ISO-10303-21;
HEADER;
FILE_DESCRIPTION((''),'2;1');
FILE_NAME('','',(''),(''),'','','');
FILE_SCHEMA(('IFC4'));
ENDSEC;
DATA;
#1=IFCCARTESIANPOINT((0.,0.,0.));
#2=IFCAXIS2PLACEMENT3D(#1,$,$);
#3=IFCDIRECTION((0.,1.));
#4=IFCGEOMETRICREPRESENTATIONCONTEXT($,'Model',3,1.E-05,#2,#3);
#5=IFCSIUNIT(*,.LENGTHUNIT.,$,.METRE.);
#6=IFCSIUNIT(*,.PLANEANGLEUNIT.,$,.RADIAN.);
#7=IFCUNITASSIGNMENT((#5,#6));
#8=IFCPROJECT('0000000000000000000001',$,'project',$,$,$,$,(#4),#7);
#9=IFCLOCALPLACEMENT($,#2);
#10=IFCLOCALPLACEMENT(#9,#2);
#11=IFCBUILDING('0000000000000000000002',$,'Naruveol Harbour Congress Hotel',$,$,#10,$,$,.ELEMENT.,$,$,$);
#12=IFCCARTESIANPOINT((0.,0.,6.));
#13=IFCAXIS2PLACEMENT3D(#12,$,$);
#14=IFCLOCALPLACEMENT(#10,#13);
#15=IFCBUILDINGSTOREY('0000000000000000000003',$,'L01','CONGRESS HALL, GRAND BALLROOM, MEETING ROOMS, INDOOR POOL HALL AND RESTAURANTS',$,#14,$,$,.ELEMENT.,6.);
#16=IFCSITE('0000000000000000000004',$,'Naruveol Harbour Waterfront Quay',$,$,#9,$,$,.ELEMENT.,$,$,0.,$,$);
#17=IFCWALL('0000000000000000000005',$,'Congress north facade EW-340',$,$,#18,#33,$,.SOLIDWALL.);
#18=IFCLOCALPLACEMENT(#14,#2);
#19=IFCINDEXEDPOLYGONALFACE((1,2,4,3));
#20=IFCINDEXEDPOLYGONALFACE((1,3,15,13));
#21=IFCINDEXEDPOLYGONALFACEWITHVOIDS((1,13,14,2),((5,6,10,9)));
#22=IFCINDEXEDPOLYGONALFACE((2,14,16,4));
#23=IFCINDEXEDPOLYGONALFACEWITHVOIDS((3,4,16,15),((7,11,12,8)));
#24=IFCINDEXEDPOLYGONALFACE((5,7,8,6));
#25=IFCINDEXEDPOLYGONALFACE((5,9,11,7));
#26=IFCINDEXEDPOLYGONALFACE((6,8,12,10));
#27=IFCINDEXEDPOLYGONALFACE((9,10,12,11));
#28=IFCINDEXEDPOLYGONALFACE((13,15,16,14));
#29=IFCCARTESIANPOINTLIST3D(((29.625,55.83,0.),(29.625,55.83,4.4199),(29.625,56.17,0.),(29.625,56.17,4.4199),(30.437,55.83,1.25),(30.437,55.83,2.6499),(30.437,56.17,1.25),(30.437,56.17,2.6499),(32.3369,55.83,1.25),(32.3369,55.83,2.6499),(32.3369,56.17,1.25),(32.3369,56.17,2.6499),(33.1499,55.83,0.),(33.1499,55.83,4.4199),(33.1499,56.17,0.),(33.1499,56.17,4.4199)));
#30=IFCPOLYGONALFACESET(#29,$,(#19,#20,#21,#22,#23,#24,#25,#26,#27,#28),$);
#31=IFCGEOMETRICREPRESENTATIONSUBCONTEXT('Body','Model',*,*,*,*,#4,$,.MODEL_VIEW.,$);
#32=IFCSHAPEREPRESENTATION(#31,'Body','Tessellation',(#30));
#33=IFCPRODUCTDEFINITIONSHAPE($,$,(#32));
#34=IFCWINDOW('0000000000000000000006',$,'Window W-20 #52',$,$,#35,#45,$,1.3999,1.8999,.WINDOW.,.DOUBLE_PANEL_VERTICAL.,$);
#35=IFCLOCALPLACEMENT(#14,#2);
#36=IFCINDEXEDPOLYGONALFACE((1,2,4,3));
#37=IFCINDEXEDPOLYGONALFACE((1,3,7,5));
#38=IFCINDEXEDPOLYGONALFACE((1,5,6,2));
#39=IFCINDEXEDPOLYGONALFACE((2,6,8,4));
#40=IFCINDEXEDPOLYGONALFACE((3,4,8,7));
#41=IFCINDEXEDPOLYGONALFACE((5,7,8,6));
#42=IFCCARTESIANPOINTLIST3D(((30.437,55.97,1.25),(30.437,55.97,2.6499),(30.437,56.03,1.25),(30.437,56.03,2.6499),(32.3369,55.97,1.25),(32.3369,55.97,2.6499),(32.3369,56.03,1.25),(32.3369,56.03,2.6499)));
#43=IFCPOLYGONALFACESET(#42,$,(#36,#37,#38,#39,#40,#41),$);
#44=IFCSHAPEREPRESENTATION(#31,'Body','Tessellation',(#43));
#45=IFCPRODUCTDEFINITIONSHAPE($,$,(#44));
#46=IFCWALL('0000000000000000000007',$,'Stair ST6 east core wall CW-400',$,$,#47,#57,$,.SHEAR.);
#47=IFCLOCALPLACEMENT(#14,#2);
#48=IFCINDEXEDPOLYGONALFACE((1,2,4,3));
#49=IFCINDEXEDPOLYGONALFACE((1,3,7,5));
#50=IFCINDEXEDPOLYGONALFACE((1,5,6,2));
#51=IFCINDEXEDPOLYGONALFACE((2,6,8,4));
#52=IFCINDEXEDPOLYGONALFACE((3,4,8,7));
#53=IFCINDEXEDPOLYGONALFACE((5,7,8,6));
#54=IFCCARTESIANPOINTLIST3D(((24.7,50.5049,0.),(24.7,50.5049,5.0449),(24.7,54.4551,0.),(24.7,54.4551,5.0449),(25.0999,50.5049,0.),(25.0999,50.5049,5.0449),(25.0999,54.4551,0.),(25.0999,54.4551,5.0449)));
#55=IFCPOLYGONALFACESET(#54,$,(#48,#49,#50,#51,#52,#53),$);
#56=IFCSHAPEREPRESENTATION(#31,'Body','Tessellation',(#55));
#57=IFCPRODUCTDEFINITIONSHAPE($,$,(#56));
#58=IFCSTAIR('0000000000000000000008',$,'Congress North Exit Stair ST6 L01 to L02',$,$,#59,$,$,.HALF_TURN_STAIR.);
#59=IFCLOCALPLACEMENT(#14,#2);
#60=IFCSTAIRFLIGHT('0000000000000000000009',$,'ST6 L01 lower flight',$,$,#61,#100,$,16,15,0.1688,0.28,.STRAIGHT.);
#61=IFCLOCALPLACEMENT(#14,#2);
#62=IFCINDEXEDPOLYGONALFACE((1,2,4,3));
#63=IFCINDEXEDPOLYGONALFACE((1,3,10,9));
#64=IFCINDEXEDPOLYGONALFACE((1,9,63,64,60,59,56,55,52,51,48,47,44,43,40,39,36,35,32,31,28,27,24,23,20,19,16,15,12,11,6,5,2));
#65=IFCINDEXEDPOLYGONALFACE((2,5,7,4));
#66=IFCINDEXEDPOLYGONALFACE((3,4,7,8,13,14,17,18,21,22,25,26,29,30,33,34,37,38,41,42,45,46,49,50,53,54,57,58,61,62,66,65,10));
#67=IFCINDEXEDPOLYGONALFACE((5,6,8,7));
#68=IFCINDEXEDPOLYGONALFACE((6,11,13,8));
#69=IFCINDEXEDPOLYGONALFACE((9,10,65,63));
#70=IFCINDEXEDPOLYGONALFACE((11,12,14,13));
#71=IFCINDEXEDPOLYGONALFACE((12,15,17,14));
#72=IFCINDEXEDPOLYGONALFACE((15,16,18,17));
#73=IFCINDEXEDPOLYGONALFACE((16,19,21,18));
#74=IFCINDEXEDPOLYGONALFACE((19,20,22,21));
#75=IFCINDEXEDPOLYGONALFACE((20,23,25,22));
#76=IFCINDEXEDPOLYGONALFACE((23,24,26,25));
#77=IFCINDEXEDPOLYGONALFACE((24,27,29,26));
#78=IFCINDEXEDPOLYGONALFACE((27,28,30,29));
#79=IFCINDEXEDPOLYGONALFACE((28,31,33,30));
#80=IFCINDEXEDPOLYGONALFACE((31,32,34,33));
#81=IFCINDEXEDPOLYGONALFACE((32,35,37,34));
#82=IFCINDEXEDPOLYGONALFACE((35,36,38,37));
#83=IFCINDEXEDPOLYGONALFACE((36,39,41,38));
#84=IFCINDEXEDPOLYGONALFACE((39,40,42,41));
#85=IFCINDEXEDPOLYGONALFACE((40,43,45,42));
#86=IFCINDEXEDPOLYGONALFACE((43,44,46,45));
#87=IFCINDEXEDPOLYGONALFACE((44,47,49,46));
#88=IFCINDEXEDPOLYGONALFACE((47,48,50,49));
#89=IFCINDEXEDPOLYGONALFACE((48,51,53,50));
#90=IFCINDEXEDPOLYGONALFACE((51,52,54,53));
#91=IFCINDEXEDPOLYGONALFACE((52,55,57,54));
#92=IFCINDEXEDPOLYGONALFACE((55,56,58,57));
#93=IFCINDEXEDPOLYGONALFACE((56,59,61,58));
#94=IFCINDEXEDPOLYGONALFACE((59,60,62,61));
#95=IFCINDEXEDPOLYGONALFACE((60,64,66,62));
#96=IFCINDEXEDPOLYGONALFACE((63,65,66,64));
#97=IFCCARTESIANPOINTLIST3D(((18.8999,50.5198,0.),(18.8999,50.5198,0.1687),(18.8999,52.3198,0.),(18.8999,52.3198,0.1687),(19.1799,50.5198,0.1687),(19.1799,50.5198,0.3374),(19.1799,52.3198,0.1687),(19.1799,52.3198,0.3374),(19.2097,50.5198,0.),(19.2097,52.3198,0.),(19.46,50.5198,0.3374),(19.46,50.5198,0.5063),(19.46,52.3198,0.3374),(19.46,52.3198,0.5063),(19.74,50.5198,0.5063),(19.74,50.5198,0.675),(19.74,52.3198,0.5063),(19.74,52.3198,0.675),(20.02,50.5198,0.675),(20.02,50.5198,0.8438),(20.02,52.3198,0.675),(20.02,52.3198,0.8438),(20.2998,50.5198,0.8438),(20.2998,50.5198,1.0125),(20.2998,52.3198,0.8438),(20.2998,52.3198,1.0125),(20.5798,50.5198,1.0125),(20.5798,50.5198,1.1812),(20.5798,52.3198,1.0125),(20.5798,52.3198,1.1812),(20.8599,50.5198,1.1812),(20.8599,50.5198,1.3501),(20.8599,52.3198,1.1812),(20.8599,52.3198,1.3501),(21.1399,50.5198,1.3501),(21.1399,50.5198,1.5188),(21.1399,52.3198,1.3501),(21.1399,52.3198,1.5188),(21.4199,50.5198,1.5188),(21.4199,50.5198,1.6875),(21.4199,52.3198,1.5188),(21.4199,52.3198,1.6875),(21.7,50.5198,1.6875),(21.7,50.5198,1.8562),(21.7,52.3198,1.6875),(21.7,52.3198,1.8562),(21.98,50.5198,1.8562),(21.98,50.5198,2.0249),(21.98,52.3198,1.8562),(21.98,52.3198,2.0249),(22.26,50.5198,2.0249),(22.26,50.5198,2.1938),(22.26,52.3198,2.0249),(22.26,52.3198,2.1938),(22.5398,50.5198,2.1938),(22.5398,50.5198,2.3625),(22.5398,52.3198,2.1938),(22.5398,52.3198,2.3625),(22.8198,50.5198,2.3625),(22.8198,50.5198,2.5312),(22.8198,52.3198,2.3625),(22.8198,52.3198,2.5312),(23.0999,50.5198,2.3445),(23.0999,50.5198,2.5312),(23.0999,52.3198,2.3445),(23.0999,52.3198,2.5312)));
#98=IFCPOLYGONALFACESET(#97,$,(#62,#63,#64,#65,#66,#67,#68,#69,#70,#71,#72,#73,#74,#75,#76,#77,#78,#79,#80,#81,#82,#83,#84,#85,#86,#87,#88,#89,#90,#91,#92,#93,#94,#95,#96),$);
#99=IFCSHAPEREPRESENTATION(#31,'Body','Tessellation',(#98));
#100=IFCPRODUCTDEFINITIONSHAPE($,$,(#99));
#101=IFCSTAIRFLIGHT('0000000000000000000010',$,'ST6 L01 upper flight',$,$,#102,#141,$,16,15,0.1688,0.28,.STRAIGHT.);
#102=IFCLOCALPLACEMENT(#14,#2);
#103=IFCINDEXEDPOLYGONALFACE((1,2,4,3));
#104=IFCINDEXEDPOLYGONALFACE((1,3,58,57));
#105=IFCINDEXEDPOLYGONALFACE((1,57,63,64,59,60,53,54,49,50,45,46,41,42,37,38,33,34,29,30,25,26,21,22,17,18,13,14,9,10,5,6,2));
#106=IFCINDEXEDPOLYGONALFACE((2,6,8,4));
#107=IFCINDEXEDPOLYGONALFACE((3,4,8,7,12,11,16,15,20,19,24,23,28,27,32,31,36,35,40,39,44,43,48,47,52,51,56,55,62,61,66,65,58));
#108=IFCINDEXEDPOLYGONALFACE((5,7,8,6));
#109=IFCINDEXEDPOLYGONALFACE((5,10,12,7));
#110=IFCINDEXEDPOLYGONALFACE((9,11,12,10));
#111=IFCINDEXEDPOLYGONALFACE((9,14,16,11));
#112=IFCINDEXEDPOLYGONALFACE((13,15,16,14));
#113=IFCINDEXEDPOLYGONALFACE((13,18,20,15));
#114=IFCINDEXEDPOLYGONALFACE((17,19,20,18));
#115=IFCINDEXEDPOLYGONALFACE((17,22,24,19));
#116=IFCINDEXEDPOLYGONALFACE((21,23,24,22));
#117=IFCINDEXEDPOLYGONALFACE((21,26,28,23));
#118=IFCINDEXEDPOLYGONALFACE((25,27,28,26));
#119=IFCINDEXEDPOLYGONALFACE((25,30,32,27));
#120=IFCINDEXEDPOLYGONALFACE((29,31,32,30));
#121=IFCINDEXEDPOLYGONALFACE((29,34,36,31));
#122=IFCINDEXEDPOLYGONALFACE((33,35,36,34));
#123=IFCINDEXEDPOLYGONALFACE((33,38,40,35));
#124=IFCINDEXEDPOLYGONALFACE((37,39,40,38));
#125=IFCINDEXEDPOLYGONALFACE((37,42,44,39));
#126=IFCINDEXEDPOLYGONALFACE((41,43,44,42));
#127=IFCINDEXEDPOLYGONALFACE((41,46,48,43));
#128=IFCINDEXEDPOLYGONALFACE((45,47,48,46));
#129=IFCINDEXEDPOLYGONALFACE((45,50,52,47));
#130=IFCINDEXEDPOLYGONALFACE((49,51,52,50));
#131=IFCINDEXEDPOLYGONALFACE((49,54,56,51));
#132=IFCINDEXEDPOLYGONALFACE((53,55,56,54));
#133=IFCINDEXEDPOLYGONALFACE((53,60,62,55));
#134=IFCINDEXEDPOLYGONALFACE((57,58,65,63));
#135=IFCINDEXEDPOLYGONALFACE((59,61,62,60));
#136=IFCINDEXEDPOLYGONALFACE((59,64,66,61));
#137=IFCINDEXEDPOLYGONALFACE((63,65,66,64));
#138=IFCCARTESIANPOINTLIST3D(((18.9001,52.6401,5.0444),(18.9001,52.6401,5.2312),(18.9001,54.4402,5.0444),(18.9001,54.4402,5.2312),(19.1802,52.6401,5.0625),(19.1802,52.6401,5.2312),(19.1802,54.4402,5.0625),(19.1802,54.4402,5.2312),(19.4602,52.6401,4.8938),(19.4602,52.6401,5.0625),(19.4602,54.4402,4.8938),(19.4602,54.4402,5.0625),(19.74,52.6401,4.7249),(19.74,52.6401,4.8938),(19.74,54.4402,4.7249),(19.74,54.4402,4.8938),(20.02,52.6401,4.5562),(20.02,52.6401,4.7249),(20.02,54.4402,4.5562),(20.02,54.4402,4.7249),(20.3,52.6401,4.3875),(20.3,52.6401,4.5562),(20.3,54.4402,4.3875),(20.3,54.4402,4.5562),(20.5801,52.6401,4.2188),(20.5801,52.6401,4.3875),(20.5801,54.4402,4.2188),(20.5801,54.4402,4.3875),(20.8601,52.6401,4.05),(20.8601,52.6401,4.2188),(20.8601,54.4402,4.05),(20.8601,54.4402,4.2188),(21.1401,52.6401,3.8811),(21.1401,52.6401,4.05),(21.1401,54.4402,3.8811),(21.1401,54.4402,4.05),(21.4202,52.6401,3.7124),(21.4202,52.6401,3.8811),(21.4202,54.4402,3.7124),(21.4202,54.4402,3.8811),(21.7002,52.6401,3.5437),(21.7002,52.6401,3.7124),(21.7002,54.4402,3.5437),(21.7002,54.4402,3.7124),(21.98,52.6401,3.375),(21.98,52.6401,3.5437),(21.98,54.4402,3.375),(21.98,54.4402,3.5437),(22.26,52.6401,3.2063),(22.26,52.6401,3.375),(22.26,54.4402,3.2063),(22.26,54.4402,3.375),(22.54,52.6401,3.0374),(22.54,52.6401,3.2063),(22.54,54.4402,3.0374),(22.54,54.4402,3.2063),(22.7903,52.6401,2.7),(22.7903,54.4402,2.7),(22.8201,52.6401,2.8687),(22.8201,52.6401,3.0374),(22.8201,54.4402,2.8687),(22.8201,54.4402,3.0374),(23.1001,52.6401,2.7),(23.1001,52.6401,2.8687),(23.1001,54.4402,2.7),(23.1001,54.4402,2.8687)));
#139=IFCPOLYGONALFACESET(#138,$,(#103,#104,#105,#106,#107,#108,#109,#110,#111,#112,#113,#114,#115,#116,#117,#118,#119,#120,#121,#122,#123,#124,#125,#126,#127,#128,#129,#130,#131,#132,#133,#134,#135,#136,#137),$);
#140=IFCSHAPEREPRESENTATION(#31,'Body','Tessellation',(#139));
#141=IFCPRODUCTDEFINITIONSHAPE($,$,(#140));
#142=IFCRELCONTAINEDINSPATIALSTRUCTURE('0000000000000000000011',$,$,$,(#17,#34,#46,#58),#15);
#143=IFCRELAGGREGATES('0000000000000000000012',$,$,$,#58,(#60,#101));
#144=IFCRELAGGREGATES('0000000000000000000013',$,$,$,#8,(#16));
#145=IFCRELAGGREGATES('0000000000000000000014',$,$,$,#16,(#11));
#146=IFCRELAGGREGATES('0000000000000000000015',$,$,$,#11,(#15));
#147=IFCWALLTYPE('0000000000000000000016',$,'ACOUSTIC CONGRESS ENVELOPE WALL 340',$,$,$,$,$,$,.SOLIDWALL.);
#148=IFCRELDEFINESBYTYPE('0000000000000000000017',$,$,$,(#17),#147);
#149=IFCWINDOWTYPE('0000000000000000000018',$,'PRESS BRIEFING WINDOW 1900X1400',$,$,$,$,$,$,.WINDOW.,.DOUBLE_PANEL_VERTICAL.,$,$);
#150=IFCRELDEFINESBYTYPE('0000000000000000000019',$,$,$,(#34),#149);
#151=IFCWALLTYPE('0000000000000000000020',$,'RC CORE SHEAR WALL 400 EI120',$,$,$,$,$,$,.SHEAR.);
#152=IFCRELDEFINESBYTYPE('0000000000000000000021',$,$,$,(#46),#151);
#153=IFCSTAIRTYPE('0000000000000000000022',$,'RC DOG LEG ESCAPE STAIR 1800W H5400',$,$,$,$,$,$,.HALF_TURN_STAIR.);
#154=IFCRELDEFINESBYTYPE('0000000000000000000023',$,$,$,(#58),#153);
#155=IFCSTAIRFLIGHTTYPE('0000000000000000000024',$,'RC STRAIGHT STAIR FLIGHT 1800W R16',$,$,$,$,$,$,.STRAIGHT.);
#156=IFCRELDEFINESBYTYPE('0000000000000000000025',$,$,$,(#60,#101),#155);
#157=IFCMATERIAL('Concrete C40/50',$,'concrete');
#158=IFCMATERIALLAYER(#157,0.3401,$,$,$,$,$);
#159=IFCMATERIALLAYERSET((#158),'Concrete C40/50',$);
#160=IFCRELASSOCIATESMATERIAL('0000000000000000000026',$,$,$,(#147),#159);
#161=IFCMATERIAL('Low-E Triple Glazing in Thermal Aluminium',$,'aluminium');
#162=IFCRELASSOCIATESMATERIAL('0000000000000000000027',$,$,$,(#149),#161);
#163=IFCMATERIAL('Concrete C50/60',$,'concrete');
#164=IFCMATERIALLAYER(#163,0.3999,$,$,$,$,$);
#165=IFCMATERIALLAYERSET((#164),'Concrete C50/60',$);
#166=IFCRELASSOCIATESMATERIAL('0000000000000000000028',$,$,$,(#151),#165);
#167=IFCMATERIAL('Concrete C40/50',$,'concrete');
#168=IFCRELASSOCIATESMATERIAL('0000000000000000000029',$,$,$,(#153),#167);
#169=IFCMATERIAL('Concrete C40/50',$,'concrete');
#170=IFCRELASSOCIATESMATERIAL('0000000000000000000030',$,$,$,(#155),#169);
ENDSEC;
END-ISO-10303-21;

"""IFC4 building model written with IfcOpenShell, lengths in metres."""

from ifc_helpers import new_model, si_unit, direction, frame, frame_2d, origin, place, context, subcontext, project, spatial, polyline, rectangle, outline, extrude, material, layer, layer_set, type_object, element, fill, aggregate, save


model = new_model("IFC4")

# Units and contexts
model_context = context("Model", 3, precision=1e-05, world=origin(), true_north=direction((0.0, 1.0)))
body_context = subcontext(model_context, "Body", "Model", "MODEL_VIEW")
ifc_project = project(units=[si_unit("LENGTHUNIT", "METRE"), si_unit("PLANEANGLEUNIT", "RADIAN")], contexts=[model_context])

# Site, building, storey
site_placement = place(None, origin())
site = spatial("IfcSite", under=ifc_project, at=site_placement, Name="Naruveol Harbour Waterfront Quay", CompositionType="ELEMENT", RefElevation=0.0)
building_placement = place(site_placement, origin())
building = spatial("IfcBuilding", under=site, at=building_placement, Name="Naruveol Harbour Congress Hotel", CompositionType="ELEMENT")
storey_placement = place(building_placement, frame((0.0, 0.0, 6.0)))
storey = spatial("IfcBuildingStorey", under=building, at=storey_placement, Name="L01", Description="CONGRESS HALL, GRAND BALLROOM, MEETING ROOMS, INDOOR POOL HALL AND RESTAURANTS", CompositionType="ELEMENT", Elevation=6.0)

# Wall, opening, window
ifc_material_1 = material(Name="Concrete C40/50", Category="concrete")
ifc_layer_1 = layer(ifc_material_1, 0.3401)
ifc_layer_set_1 = layer_set([ifc_layer_1], Name="Concrete C40/50")
wall_type_1 = type_object("IfcWallType", Name="ACOUSTIC CONGRESS ENVELOPE WALL 340", PredefinedType="SOLIDWALL", material=ifc_layer_set_1)
ifc_material_2 = material(Name="Low-E Triple Glazing in Thermal Aluminium", Category="aluminium")
window_type_1 = type_object("IfcWindowType", Name="PRESS BRIEFING WINDOW 1900X1400", PartitioningType="DOUBLE_PANEL_VERTICAL", PredefinedType="WINDOW", material=ifc_material_2)
wall_1_placement = place(storey_placement, frame((29.625, 56.0, 0.0), z_axis=(0.0, 0.0, 1.0), x_axis=(1.0, 0.0, 0.0)))
wall_1 = element("IfcWall", 1, at=wall_1_placement, inside=storey, type_object=wall_type_1, Name="Congress north facade EW-340", PredefinedType="SOLIDWALL", context=body_context, shape_type="SweptSolid", body=[
    extrude(rectangle(XDim=3.5249, YDim=0.3401, at=frame_2d((1.7625, 0.0))), origin(), (0.0, 0.0, 1.0), 4.4199),
])
opening_1_placement = place(wall_1_placement, frame((0.812, 0.0, 1.25)))
opening_1 = element("IfcOpeningElement", 2, at=opening_1_placement, cuts=wall_1, PredefinedType="OPENING", context=body_context, shape_type="SweptSolid", body=[
    extrude(rectangle(XDim=1.8999, YDim=1.3999, at=frame_2d((0.95, 0.7))), frame((0.0, 0.1799, 0.0), z_axis=(0.0, -1.0, 0.0), x_axis=(1.0, 0.0, 0.0)), (0.0, 0.0, 1.0), 0.3601),
])
window_1_placement = place(opening_1_placement, origin())
window_1 = element("IfcWindow", 3, at=window_1_placement, inside=storey, type_object=window_type_1, Name="Window W-20 #52", OverallHeight=1.3999, OverallWidth=1.8999, PartitioningType="DOUBLE_PANEL_VERTICAL", PredefinedType="WINDOW", context=body_context, shape_type="SweptSolid", body=[
    extrude(rectangle(XDim=1.8999, YDim=1.3999, at=frame_2d((0.95, 0.7))), frame((0.0, 0.03, 0.0), z_axis=(0.0, -1.0, 0.0), x_axis=(1.0, 0.0, 0.0)), (0.0, 0.0, 1.0), 0.0601),
])
fill(opening_1, window_1)

# Wall
ifc_material_3 = material(Name="Concrete C50/60", Category="concrete")
ifc_layer_2 = layer(ifc_material_3, 0.3999)
ifc_layer_set_2 = layer_set([ifc_layer_2], Name="Concrete C50/60")
wall_type_2 = type_object("IfcWallType", Name="RC CORE SHEAR WALL 400 EI120", PredefinedType="SHEAR", material=ifc_layer_set_2)
wall_2_placement = place(storey_placement, frame((24.8999, 50.5049, 0.0), z_axis=(0.0, 0.0, 1.0), x_axis=(0.0, 1.0, 0.0)))
element("IfcWall", 4, at=wall_2_placement, inside=storey, type_object=wall_type_2, Name="Stair ST6 east core wall CW-400", PredefinedType="SHEAR", context=body_context, shape_type="SweptSolid", body=[
    extrude(rectangle(XDim=3.9502, YDim=0.3999, at=frame_2d((1.9751, 0.0))), origin(), (0.0, 0.0, 1.0), 5.0449),
])

# Stair, stair flights
ifc_material_4 = material(Name="Concrete C40/50", Category="concrete")
stair_type = type_object("IfcStairType", Name="RC DOG LEG ESCAPE STAIR 1800W H5400", PredefinedType="HALF_TURN_STAIR", material=ifc_material_4)
stair_placement = place(storey_placement, origin())
stair = element("IfcStair", 5, at=stair_placement, inside=storey, type_object=stair_type, Name="Congress North Exit Stair ST6 L01 to L02", PredefinedType="HALF_TURN_STAIR")
ifc_material_5 = material(Name="Concrete C40/50", Category="concrete")
stair_flight_type = type_object("IfcStairFlightType", Name="RC STRAIGHT STAIR FLIGHT 1800W R16", PredefinedType="STRAIGHT", material=ifc_material_5)
stair_flight_1_placement = place(storey_placement, frame((18.8999, 51.4199, 0.0), z_axis=(0.0, 0.0, 1.0), x_axis=(1.0, 0.0, 0.0)))
stair_flight_1 = element("IfcStairFlight", 6, at=stair_flight_1_placement, type_object=stair_flight_type, Name="ST6 L01 lower flight", NumberOfRisers=16, NumberOfTreads=15, PredefinedType="STRAIGHT", RiserHeight=0.1688, TreadLength=0.28, context=body_context, shape_type="SweptSolid", body=[
    extrude(outline(polyline([(0.0, 0.0), (0.0, 0.1687), (0.28, 0.1687), (0.28, 0.3374), (0.5601, 0.3374), (0.5601, 0.5063), (0.8401, 0.5063), (0.8401, 0.675), (1.1201, 0.675), (1.1201, 0.8438), (1.3999, 0.8438), (1.3999, 1.0125), (1.6799, 1.0125), (1.6799, 1.1812), (1.96, 1.1812), (1.96, 1.3501), (2.24, 1.3501), (2.24, 1.5188), (2.52, 1.5188), (2.52, 1.6875), (2.8, 1.6875), (2.8, 1.8562), (3.0801, 1.8562), (3.0801, 2.0249), (3.3601, 2.0249), (3.3601, 2.1938), (3.6399, 2.1938), (3.6399, 2.3625), (3.9199, 2.3625), (3.9199, 2.5312), (4.2, 2.5312), (4.2, 2.7), (4.2, 2.3445), (0.3098, 0.0), (0.0, 0.0)])), frame((0.0, 0.8999, 0.0), z_axis=(0.0, -1.0, 0.0), x_axis=(1.0, 0.0, 0.0)), (0.0, 0.0, 1.0), 1.8),
])
stair_flight_2_placement = place(storey_placement, frame((23.1001, 53.54, 2.7), z_axis=(0.0, 0.0, 1.0), x_axis=(-1.0, 0.0, 0.0)))
stair_flight_2 = element("IfcStairFlight", 7, at=stair_flight_2_placement, type_object=stair_flight_type, Name="ST6 L01 upper flight", NumberOfRisers=16, NumberOfTreads=15, PredefinedType="STRAIGHT", RiserHeight=0.1688, TreadLength=0.28, context=body_context, shape_type="SweptSolid", body=[
    extrude(outline(polyline([(0.0, 0.0), (0.0, 0.1687), (0.28, 0.1687), (0.28, 0.3374), (0.5601, 0.3374), (0.5601, 0.5063), (0.8401, 0.5063), (0.8401, 0.675), (1.1201, 0.675), (1.1201, 0.8438), (1.3999, 0.8438), (1.3999, 1.0125), (1.6799, 1.0125), (1.6799, 1.1812), (1.96, 1.1812), (1.96, 1.3501), (2.24, 1.3501), (2.24, 1.5188), (2.52, 1.5188), (2.52, 1.6875), (2.8, 1.6875), (2.8, 1.8562), (3.0801, 1.8562), (3.0801, 2.0249), (3.3601, 2.0249), (3.3601, 2.1938), (3.6399, 2.1938), (3.6399, 2.3625), (3.9199, 2.3625), (3.9199, 2.5312), (4.2, 2.5312), (4.2, 2.7), (4.2, 2.3445), (0.3098, 0.0), (0.0, 0.0)])), frame((0.0, 0.8999, 0.0), z_axis=(0.0, -1.0, 0.0), x_axis=(1.0, 0.0, 0.0)), (0.0, 0.0, 1.0), 1.8),
])
aggregate(stair, [stair_flight_1, stair_flight_2])

save(model, "model.ifc")
